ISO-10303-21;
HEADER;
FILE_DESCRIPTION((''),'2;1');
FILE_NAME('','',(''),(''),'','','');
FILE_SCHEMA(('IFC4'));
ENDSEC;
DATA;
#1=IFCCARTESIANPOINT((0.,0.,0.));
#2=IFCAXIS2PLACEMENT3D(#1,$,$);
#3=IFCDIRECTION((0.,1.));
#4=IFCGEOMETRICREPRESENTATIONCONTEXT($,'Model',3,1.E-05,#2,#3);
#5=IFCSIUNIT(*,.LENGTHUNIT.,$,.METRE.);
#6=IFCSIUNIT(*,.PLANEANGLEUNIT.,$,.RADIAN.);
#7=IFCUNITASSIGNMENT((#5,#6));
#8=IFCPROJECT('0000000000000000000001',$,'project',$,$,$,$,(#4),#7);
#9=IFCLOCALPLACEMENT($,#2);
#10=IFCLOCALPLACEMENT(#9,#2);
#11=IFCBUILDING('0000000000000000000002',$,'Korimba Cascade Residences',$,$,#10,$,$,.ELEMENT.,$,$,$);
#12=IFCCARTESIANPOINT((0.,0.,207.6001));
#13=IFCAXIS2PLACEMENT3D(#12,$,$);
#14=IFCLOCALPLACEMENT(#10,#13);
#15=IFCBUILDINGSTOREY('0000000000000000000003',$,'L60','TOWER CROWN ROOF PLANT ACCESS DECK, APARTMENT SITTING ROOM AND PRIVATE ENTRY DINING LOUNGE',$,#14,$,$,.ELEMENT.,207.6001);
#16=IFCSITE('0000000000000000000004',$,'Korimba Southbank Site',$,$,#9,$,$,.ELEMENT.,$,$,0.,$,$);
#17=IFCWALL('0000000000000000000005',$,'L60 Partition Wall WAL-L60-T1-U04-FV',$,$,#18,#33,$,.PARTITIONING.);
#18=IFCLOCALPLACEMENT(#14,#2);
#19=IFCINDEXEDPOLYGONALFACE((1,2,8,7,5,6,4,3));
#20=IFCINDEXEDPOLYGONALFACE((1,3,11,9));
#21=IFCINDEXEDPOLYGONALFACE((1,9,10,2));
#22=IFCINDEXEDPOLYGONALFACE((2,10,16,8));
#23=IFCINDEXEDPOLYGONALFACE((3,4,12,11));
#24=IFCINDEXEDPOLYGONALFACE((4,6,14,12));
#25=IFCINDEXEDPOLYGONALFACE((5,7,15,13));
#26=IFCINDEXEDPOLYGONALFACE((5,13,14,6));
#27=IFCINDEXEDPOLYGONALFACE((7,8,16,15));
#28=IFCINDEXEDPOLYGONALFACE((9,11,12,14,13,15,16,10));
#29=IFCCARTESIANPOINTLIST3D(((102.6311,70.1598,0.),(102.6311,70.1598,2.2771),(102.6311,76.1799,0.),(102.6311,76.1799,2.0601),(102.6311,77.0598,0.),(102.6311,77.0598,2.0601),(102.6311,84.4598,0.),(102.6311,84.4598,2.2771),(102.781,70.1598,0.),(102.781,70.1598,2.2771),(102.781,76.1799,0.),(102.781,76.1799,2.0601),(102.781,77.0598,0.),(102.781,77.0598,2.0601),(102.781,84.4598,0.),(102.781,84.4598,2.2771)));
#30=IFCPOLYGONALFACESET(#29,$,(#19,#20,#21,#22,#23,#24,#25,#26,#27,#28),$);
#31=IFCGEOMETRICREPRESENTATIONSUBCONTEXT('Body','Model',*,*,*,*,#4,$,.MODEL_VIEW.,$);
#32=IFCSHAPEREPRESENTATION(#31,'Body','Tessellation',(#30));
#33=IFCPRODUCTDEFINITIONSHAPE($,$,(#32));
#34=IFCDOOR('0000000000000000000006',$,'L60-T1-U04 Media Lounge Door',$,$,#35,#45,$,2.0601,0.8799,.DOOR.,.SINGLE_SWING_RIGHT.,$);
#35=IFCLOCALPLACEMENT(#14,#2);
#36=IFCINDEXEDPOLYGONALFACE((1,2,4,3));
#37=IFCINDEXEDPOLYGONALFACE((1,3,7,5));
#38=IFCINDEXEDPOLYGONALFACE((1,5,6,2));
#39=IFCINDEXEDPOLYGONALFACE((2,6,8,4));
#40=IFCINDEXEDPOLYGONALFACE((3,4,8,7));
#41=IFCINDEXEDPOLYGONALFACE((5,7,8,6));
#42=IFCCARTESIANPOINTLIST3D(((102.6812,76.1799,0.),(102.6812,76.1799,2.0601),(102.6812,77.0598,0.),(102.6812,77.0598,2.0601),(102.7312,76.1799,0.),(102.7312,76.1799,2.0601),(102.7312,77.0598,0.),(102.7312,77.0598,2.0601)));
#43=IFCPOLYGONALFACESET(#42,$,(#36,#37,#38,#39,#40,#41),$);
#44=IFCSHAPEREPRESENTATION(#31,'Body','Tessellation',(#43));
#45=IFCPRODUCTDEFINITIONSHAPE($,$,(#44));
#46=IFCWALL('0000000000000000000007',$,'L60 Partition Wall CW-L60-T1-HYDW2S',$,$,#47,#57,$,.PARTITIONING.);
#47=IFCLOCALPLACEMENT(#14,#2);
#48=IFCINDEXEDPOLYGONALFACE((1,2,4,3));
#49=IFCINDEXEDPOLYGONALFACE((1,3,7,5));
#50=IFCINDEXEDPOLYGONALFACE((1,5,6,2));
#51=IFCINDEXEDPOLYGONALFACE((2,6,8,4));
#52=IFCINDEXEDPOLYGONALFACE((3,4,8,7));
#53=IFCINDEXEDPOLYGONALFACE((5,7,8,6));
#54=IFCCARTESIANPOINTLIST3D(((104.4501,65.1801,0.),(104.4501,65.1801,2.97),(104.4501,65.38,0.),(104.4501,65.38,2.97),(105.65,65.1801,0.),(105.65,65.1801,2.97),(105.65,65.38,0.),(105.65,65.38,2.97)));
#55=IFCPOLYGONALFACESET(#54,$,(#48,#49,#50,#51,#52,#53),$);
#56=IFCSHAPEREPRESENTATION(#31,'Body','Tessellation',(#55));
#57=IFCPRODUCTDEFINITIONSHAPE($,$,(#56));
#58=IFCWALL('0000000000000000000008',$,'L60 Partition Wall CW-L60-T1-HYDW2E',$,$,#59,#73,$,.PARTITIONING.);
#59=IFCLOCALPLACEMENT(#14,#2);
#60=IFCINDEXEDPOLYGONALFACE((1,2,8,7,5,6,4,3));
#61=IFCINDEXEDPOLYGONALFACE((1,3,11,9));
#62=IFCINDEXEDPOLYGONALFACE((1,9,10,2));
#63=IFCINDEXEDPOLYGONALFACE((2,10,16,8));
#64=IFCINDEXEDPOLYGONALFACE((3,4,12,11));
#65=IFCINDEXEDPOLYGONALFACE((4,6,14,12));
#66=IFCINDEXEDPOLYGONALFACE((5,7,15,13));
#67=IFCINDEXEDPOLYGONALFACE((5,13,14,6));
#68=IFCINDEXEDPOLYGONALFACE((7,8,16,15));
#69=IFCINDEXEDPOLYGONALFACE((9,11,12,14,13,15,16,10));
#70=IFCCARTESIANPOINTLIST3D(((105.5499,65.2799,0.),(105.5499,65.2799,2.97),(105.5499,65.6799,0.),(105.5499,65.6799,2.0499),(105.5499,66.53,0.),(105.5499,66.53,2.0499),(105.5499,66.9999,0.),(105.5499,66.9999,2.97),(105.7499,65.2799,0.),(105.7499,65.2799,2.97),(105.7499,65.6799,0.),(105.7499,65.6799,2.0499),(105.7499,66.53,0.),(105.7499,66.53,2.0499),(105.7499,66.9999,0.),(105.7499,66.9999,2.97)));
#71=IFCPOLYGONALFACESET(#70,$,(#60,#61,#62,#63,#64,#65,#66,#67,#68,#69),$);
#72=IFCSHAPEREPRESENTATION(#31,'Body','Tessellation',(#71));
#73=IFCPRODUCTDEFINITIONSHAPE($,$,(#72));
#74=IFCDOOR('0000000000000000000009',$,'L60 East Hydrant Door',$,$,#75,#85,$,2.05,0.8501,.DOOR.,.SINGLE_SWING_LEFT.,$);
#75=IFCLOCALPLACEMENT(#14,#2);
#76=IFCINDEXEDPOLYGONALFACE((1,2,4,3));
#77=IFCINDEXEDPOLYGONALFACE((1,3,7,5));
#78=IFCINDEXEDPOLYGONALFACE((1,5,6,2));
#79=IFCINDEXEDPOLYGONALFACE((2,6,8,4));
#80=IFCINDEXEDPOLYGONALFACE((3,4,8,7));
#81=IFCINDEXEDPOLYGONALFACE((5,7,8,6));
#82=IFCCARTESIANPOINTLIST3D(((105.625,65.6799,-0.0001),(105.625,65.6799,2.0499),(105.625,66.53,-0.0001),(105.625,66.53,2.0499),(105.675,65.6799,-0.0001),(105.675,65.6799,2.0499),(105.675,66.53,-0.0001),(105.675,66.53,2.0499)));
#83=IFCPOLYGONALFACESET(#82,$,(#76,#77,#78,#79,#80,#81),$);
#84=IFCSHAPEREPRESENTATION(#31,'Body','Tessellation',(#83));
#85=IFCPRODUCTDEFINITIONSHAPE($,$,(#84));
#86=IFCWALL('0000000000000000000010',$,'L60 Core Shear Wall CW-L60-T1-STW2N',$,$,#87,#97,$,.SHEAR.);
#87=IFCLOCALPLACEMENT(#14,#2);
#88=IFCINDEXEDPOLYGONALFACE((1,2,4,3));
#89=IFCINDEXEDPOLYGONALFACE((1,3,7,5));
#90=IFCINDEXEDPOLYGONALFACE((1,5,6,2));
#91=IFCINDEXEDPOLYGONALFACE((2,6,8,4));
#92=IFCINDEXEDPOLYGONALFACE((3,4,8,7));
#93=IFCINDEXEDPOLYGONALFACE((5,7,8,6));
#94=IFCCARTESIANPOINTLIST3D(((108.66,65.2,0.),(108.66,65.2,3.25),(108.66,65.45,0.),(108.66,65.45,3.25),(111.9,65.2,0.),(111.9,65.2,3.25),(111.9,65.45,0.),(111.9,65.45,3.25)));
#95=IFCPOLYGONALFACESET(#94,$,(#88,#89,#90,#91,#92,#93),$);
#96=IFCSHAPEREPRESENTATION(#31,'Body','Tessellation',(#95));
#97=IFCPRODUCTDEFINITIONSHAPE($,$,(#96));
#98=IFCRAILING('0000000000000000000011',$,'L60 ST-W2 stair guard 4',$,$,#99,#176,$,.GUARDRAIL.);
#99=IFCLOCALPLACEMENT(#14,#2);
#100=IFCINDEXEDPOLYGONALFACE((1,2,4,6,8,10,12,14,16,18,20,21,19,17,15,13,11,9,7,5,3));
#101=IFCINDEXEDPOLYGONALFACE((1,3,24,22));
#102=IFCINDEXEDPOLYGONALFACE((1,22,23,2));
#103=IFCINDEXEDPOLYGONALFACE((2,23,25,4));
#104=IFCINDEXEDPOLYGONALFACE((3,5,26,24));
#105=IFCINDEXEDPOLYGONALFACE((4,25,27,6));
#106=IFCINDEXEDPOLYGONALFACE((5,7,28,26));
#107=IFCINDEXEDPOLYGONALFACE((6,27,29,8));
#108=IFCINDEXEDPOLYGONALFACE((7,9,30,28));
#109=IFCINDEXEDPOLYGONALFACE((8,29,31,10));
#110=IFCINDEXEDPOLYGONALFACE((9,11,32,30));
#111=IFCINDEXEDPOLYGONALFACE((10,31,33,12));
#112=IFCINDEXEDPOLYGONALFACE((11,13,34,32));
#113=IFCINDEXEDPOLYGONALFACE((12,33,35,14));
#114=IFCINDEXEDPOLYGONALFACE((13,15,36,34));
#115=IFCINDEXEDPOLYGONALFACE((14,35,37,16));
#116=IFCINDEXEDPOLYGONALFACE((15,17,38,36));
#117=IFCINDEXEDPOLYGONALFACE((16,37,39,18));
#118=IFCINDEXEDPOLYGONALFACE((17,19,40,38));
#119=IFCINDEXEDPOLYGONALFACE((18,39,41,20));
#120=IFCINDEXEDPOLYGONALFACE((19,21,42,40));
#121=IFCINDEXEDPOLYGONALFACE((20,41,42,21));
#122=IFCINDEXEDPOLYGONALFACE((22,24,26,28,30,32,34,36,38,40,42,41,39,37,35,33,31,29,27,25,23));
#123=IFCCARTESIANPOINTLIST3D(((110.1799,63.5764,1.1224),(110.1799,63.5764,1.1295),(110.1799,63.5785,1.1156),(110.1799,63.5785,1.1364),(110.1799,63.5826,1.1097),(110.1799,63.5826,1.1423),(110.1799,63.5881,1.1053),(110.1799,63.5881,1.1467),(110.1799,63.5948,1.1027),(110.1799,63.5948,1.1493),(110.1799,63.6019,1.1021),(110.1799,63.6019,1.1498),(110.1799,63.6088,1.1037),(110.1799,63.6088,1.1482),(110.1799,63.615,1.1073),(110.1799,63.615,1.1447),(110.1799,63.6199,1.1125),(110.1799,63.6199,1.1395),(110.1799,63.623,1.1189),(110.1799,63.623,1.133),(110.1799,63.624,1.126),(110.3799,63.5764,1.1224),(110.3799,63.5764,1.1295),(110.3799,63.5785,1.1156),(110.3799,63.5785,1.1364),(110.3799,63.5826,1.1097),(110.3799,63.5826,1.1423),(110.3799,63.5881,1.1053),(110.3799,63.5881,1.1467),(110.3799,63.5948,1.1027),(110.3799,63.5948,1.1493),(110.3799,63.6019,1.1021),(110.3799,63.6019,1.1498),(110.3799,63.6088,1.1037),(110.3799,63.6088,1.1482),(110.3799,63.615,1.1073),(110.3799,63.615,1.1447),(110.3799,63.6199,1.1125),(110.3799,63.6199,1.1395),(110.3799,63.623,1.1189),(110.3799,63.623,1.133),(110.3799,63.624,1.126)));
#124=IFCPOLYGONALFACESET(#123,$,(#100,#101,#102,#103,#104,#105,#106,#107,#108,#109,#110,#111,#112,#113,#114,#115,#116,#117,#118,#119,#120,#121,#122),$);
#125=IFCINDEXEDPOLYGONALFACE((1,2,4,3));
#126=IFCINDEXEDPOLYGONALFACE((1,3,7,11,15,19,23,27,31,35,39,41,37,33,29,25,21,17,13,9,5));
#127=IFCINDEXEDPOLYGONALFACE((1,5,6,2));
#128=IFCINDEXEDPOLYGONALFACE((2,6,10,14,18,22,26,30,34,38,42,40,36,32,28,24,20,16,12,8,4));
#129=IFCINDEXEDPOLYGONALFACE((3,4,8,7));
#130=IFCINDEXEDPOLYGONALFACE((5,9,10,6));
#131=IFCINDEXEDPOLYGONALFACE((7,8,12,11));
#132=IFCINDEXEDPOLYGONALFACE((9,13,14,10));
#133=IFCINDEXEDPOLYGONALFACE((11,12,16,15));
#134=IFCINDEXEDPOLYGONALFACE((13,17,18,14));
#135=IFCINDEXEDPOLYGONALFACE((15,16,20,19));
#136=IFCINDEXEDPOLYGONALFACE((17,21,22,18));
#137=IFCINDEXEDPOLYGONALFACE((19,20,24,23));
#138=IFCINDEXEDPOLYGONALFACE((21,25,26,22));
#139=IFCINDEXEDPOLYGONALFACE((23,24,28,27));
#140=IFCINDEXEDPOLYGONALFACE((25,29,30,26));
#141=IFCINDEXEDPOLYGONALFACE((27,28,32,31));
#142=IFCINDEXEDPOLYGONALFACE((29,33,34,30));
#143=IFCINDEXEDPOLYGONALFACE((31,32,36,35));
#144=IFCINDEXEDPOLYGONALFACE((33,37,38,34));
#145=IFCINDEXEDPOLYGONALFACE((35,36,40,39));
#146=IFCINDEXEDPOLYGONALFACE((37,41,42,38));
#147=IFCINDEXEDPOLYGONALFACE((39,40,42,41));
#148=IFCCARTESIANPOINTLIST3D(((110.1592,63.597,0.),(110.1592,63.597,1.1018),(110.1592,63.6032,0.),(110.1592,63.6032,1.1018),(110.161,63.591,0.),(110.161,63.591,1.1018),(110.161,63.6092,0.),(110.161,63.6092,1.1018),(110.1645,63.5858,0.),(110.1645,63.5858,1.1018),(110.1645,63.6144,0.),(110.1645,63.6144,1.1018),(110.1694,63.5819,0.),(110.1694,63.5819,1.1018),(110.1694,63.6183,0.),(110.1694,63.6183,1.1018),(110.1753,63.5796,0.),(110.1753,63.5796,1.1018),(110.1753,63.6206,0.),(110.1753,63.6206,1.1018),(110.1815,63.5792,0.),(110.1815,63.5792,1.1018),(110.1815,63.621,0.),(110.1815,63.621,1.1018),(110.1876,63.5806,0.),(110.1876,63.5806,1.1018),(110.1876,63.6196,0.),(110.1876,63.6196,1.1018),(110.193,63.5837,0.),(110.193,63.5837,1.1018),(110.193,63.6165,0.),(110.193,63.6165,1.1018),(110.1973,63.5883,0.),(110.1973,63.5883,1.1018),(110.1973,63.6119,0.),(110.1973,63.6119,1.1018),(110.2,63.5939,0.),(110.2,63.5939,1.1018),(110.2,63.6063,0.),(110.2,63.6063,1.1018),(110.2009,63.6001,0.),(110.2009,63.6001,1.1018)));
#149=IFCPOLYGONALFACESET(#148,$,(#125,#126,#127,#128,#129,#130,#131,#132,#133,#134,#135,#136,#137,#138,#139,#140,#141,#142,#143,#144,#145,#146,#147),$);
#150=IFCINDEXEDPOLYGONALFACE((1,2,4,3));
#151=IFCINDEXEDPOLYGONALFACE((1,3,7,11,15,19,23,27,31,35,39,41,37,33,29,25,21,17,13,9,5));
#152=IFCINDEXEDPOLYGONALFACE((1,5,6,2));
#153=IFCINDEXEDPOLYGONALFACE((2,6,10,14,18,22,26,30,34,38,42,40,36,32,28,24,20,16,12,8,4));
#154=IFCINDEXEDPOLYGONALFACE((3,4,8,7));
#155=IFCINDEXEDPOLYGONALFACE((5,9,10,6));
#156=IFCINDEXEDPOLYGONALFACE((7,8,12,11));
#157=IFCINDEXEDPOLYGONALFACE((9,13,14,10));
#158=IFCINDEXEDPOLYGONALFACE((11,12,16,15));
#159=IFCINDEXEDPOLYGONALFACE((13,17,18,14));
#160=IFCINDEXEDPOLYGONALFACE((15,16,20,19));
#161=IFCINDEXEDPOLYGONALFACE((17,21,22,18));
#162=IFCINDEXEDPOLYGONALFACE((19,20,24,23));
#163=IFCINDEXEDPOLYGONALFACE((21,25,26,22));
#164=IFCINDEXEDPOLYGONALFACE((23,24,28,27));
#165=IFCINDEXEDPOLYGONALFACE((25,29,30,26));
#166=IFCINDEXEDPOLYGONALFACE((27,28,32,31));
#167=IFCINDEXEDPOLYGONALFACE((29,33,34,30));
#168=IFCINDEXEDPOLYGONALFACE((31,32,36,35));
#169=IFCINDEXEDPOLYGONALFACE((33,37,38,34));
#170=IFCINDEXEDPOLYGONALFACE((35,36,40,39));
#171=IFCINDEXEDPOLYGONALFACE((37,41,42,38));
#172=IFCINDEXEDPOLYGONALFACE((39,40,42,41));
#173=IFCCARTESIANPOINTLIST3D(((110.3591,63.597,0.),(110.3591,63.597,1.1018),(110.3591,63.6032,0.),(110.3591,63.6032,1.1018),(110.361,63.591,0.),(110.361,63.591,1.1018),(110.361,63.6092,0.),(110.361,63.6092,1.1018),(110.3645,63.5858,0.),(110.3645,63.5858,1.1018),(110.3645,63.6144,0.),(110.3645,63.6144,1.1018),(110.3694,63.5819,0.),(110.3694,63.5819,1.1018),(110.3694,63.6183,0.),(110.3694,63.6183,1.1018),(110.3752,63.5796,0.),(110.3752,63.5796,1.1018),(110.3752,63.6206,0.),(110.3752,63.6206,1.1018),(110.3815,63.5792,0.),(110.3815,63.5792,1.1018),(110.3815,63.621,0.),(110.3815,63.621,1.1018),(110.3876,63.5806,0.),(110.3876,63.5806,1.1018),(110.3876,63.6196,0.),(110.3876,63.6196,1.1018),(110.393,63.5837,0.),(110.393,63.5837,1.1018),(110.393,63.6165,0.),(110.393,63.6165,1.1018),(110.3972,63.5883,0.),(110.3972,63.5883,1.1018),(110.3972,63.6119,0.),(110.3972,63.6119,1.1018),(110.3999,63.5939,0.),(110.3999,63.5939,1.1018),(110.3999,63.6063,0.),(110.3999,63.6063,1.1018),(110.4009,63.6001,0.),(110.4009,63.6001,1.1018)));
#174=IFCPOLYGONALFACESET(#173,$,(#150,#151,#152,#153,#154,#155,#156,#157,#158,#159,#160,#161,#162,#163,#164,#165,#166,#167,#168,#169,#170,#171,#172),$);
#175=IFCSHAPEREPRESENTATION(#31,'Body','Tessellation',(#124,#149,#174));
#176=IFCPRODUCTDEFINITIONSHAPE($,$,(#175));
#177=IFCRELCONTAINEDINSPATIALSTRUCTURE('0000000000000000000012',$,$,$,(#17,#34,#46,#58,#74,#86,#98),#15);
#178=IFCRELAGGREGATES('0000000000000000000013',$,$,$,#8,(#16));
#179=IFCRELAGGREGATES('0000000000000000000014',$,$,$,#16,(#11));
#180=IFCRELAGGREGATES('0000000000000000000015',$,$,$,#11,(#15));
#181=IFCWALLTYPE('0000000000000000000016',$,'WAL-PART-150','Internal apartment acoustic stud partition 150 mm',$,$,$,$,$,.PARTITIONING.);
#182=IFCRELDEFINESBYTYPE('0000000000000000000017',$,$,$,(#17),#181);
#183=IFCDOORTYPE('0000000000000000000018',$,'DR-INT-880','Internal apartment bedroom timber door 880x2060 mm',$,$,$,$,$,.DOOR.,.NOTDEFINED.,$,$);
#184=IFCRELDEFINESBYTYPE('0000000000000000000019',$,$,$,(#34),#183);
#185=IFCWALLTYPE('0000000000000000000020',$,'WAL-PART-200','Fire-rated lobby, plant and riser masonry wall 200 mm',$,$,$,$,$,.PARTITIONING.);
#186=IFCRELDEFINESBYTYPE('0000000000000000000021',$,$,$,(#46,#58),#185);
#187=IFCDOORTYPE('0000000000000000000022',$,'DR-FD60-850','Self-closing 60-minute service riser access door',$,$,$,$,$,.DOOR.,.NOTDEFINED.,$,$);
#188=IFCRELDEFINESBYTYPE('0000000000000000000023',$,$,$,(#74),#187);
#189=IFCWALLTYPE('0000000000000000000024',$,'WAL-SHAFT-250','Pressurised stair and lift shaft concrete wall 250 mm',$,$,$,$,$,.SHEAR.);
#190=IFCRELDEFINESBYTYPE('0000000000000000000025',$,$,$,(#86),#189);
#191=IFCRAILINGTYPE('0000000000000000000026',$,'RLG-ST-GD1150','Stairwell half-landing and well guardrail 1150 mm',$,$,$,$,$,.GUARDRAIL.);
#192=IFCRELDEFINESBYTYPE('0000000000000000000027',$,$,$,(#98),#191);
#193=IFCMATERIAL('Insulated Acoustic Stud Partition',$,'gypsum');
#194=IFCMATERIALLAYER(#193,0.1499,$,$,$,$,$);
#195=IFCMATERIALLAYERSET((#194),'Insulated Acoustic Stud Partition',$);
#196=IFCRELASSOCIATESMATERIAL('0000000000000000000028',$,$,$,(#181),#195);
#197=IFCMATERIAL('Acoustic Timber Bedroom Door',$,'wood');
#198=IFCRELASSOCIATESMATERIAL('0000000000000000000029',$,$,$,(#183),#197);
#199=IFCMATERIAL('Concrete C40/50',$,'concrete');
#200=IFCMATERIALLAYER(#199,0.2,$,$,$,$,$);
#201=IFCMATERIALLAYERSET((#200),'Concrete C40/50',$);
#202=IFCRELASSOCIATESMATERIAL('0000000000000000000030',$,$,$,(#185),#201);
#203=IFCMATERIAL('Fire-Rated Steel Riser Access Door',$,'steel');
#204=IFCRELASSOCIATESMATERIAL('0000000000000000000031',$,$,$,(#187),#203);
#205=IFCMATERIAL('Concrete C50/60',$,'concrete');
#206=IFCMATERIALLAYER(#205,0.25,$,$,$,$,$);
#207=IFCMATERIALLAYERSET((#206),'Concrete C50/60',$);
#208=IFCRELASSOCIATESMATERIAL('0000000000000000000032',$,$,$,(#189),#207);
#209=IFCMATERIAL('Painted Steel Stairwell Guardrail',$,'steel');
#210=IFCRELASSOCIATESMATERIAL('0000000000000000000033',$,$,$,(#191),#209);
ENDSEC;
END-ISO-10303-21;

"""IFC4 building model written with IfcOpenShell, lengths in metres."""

from ifc_helpers import new_model, si_unit, direction, frame, frame_2d, origin, origin_2d, place, context, subcontext, project, spatial, rectangle, circle, extrude, material, layer, layer_set, type_object, element, fill, save


model = new_model("IFC4")

# Units and contexts
model_context = context("Model", 3, precision=1e-05, world=origin(), true_north=direction((0.0, 1.0)))
body_context = subcontext(model_context, "Body", "Model", "MODEL_VIEW")
ifc_project = project(units=[si_unit("LENGTHUNIT", "METRE"), si_unit("PLANEANGLEUNIT", "RADIAN")], contexts=[model_context])

# Site, building, storey
site_placement = place(None, origin())
site = spatial("IfcSite", under=ifc_project, at=site_placement, Name="Korimba Southbank Site", CompositionType="ELEMENT", RefElevation=0.0)
building_placement = place(site_placement, origin())
building = spatial("IfcBuilding", under=site, at=building_placement, Name="Korimba Cascade Residences", CompositionType="ELEMENT")
storey_placement = place(building_placement, frame((0.0, 0.0, 207.6001)))
storey = spatial("IfcBuildingStorey", under=building, at=storey_placement, Name="L60", Description="TOWER CROWN ROOF PLANT ACCESS DECK, APARTMENT SITTING ROOM AND PRIVATE ENTRY DINING LOUNGE", CompositionType="ELEMENT", Elevation=207.6001)

# Wall, opening, door
ifc_material_1 = material(Name="Insulated Acoustic Stud Partition", Category="gypsum")
ifc_layer_1 = layer(ifc_material_1, 0.1499)
ifc_layer_set_1 = layer_set([ifc_layer_1], Name="Insulated Acoustic Stud Partition")
wall_type_1 = type_object("IfcWallType", Name="WAL-PART-150", Description="Internal apartment acoustic stud partition 150 mm", PredefinedType="PARTITIONING", material=ifc_layer_set_1)
ifc_material_2 = material(Name="Acoustic Timber Bedroom Door", Category="wood")
door_type_1 = type_object("IfcDoorType", Name="DR-INT-880", Description="Internal apartment bedroom timber door 880x2060 mm", OperationType="NOTDEFINED", PredefinedType="DOOR", material=ifc_material_2)
wall_1_placement = place(storey_placement, frame((102.7061, 70.1599, 0.0), z_axis=(0.0, 0.0, 1.0), x_axis=(0.0, 1.0, 0.0)))
wall_1 = element("IfcWall", 1, at=wall_1_placement, inside=storey, type_object=wall_type_1, Name="L60 Partition Wall WAL-L60-T1-U04-FV", PredefinedType="PARTITIONING", context=body_context, shape_type="SweptSolid", body=[
    extrude(rectangle(XDim=14.3, YDim=0.1499, at=frame_2d((7.1499, 0.0))), origin(), (0.0, 0.0, 1.0), 2.2771),
])
opening_1_placement = place(wall_1_placement, frame((6.02, 0.0, 0.0)))
opening_1 = element("IfcOpeningElement", 2, at=opening_1_placement, cuts=wall_1, PredefinedType="OPENING", context=body_context, shape_type="SweptSolid", body=[
    extrude(rectangle(XDim=0.8799, YDim=2.0601, at=frame_2d((0.4399, 1.03))), frame((0.0, 0.085, 0.0), z_axis=(0.0, -1.0, 0.0), x_axis=(1.0, 0.0, 0.0)), (0.0, 0.0, 1.0), 0.1699),
])
door_1_placement = place(opening_1_placement, origin())
door_1 = element("IfcDoor", 3, at=door_1_placement, inside=storey, type_object=door_type_1, Name="L60-T1-U04 Media Lounge Door", OperationType="SINGLE_SWING_RIGHT", OverallHeight=2.0601, OverallWidth=0.8799, PredefinedType="DOOR", context=body_context, shape_type="SweptSolid", body=[
    extrude(rectangle(XDim=0.8799, YDim=2.0601, at=frame_2d((0.4399, 1.03))), frame((0.0, 0.0249, 0.0), z_axis=(0.0, -1.0, 0.0), x_axis=(1.0, 0.0, 0.0)), (0.0, 0.0, 1.0), 0.05),
])
fill(opening_1, door_1)

# Wall
ifc_material_3 = material(Name="Concrete C40/50", Category="concrete")
ifc_layer_2 = layer(ifc_material_3, 0.2)
ifc_layer_set_2 = layer_set([ifc_layer_2], Name="Concrete C40/50")
wall_type_2 = type_object("IfcWallType", Name="WAL-PART-200", Description="Fire-rated lobby, plant and riser masonry wall 200 mm", PredefinedType="PARTITIONING", material=ifc_layer_set_2)
wall_2_placement = place(storey_placement, frame((104.45, 65.28, 0.0), z_axis=(0.0, 0.0, 1.0), x_axis=(1.0, 0.0, 0.0)))
element("IfcWall", 4, at=wall_2_placement, inside=storey, type_object=wall_type_2, Name="L60 Partition Wall CW-L60-T1-HYDW2S", PredefinedType="PARTITIONING", context=body_context, shape_type="SweptSolid", body=[
    extrude(rectangle(XDim=1.2, YDim=0.2, at=frame_2d((0.6001, 0.0))), origin(), (0.0, 0.0, 1.0), 2.97),
])

# Wall, opening, door
wall_3_placement = place(storey_placement, frame((105.6499, 65.28, 0.0), z_axis=(0.0, 0.0, 1.0), x_axis=(0.0, 1.0, 0.0)))
wall_3 = element("IfcWall", 5, at=wall_3_placement, inside=storey, type_object=wall_type_2, Name="L60 Partition Wall CW-L60-T1-HYDW2E", PredefinedType="PARTITIONING", context=body_context, shape_type="SweptSolid", body=[
    extrude(rectangle(XDim=1.72, YDim=0.2, at=frame_2d((0.8599, 0.0))), origin(), (0.0, 0.0, 1.0), 2.97),
])
opening_2_placement = place(wall_3_placement, frame((0.3999, 0.0, 0.0)))
opening_2 = element("IfcOpeningElement", 6, at=opening_2_placement, cuts=wall_3, PredefinedType="OPENING", context=body_context, shape_type="SweptSolid", body=[
    extrude(rectangle(XDim=0.8501, YDim=2.05, at=frame_2d((0.425, 1.0249))), frame((0.0, 0.1099, 0.0), z_axis=(0.0, -1.0, 0.0), x_axis=(1.0, 0.0, 0.0)), (0.0, 0.0, 1.0), 0.22),
])
ifc_material_4 = material(Name="Fire-Rated Steel Riser Access Door", Category="steel")
door_type_2 = type_object("IfcDoorType", Name="DR-FD60-850", Description="Self-closing 60-minute service riser access door", OperationType="NOTDEFINED", PredefinedType="DOOR", material=ifc_material_4)
door_2_placement = place(opening_2_placement, origin())
door_2 = element("IfcDoor", 7, at=door_2_placement, inside=storey, type_object=door_type_2, Name="L60 East Hydrant Door", OperationType="SINGLE_SWING_LEFT", OverallHeight=2.05, OverallWidth=0.8501, PredefinedType="DOOR", context=body_context, shape_type="SweptSolid", body=[
    extrude(rectangle(XDim=0.8501, YDim=2.05, at=frame_2d((0.425, 1.0249))), frame((0.0, 0.0249, 0.0), z_axis=(0.0, -1.0, 0.0), x_axis=(1.0, 0.0, 0.0)), (0.0, 0.0, 1.0), 0.05),
])
fill(opening_2, door_2)

# Wall
ifc_material_5 = material(Name="Concrete C50/60", Category="concrete")
ifc_layer_3 = layer(ifc_material_5, 0.25)
ifc_layer_set_3 = layer_set([ifc_layer_3], Name="Concrete C50/60")
wall_type_3 = type_object("IfcWallType", Name="WAL-SHAFT-250", Description="Pressurised stair and lift shaft concrete wall 250 mm", PredefinedType="SHEAR", material=ifc_layer_set_3)
wall_4_placement = place(storey_placement, frame((108.6599, 65.325, 0.0), z_axis=(0.0, 0.0, 1.0), x_axis=(1.0, 0.0, 0.0)))
element("IfcWall", 8, at=wall_4_placement, inside=storey, type_object=wall_type_3, Name="L60 Core Shear Wall CW-L60-T1-STW2N", PredefinedType="SHEAR", context=body_context, shape_type="SweptSolid", body=[
    extrude(rectangle(XDim=3.24, YDim=0.25, at=frame_2d((1.6201, 0.0))), origin(), (0.0, 0.0, 1.0), 3.25),
])

# Railing
ifc_material_6 = material(Name="Painted Steel Stairwell Guardrail", Category="steel")
railing_type = type_object("IfcRailingType", Name="RLG-ST-GD1150", Description="Stairwell half-landing and well guardrail 1150 mm", PredefinedType="GUARDRAIL", material=ifc_material_6)
railing_placement = place(storey_placement, frame((110.1799, 63.6001, 0.0)))
element("IfcRailing", 9, at=railing_placement, inside=storey, type_object=railing_type, Name="L60 ST-W2 stair guard 4", PredefinedType="GUARDRAIL", context=body_context, shape_type="SweptSolid", body=[
    extrude(circle(Radius=0.0239, at=origin_2d()), frame((0.0, 0.0, 1.126), z_axis=(1.0, 0.0, 0.0), x_axis=(0.0, 1.0, 0.0)), (0.0, 0.0, 1.0), 0.2),
    extrude(circle(Radius=0.021, at=origin_2d()), origin(), (0.0, 0.0, 1.0), 1.1018),
    extrude(circle(Radius=0.021, at=origin_2d()), frame((0.2, 0.0, 0.0)), (0.0, 0.0, 1.0), 1.1018),
])

save(model, "model.ifc")
